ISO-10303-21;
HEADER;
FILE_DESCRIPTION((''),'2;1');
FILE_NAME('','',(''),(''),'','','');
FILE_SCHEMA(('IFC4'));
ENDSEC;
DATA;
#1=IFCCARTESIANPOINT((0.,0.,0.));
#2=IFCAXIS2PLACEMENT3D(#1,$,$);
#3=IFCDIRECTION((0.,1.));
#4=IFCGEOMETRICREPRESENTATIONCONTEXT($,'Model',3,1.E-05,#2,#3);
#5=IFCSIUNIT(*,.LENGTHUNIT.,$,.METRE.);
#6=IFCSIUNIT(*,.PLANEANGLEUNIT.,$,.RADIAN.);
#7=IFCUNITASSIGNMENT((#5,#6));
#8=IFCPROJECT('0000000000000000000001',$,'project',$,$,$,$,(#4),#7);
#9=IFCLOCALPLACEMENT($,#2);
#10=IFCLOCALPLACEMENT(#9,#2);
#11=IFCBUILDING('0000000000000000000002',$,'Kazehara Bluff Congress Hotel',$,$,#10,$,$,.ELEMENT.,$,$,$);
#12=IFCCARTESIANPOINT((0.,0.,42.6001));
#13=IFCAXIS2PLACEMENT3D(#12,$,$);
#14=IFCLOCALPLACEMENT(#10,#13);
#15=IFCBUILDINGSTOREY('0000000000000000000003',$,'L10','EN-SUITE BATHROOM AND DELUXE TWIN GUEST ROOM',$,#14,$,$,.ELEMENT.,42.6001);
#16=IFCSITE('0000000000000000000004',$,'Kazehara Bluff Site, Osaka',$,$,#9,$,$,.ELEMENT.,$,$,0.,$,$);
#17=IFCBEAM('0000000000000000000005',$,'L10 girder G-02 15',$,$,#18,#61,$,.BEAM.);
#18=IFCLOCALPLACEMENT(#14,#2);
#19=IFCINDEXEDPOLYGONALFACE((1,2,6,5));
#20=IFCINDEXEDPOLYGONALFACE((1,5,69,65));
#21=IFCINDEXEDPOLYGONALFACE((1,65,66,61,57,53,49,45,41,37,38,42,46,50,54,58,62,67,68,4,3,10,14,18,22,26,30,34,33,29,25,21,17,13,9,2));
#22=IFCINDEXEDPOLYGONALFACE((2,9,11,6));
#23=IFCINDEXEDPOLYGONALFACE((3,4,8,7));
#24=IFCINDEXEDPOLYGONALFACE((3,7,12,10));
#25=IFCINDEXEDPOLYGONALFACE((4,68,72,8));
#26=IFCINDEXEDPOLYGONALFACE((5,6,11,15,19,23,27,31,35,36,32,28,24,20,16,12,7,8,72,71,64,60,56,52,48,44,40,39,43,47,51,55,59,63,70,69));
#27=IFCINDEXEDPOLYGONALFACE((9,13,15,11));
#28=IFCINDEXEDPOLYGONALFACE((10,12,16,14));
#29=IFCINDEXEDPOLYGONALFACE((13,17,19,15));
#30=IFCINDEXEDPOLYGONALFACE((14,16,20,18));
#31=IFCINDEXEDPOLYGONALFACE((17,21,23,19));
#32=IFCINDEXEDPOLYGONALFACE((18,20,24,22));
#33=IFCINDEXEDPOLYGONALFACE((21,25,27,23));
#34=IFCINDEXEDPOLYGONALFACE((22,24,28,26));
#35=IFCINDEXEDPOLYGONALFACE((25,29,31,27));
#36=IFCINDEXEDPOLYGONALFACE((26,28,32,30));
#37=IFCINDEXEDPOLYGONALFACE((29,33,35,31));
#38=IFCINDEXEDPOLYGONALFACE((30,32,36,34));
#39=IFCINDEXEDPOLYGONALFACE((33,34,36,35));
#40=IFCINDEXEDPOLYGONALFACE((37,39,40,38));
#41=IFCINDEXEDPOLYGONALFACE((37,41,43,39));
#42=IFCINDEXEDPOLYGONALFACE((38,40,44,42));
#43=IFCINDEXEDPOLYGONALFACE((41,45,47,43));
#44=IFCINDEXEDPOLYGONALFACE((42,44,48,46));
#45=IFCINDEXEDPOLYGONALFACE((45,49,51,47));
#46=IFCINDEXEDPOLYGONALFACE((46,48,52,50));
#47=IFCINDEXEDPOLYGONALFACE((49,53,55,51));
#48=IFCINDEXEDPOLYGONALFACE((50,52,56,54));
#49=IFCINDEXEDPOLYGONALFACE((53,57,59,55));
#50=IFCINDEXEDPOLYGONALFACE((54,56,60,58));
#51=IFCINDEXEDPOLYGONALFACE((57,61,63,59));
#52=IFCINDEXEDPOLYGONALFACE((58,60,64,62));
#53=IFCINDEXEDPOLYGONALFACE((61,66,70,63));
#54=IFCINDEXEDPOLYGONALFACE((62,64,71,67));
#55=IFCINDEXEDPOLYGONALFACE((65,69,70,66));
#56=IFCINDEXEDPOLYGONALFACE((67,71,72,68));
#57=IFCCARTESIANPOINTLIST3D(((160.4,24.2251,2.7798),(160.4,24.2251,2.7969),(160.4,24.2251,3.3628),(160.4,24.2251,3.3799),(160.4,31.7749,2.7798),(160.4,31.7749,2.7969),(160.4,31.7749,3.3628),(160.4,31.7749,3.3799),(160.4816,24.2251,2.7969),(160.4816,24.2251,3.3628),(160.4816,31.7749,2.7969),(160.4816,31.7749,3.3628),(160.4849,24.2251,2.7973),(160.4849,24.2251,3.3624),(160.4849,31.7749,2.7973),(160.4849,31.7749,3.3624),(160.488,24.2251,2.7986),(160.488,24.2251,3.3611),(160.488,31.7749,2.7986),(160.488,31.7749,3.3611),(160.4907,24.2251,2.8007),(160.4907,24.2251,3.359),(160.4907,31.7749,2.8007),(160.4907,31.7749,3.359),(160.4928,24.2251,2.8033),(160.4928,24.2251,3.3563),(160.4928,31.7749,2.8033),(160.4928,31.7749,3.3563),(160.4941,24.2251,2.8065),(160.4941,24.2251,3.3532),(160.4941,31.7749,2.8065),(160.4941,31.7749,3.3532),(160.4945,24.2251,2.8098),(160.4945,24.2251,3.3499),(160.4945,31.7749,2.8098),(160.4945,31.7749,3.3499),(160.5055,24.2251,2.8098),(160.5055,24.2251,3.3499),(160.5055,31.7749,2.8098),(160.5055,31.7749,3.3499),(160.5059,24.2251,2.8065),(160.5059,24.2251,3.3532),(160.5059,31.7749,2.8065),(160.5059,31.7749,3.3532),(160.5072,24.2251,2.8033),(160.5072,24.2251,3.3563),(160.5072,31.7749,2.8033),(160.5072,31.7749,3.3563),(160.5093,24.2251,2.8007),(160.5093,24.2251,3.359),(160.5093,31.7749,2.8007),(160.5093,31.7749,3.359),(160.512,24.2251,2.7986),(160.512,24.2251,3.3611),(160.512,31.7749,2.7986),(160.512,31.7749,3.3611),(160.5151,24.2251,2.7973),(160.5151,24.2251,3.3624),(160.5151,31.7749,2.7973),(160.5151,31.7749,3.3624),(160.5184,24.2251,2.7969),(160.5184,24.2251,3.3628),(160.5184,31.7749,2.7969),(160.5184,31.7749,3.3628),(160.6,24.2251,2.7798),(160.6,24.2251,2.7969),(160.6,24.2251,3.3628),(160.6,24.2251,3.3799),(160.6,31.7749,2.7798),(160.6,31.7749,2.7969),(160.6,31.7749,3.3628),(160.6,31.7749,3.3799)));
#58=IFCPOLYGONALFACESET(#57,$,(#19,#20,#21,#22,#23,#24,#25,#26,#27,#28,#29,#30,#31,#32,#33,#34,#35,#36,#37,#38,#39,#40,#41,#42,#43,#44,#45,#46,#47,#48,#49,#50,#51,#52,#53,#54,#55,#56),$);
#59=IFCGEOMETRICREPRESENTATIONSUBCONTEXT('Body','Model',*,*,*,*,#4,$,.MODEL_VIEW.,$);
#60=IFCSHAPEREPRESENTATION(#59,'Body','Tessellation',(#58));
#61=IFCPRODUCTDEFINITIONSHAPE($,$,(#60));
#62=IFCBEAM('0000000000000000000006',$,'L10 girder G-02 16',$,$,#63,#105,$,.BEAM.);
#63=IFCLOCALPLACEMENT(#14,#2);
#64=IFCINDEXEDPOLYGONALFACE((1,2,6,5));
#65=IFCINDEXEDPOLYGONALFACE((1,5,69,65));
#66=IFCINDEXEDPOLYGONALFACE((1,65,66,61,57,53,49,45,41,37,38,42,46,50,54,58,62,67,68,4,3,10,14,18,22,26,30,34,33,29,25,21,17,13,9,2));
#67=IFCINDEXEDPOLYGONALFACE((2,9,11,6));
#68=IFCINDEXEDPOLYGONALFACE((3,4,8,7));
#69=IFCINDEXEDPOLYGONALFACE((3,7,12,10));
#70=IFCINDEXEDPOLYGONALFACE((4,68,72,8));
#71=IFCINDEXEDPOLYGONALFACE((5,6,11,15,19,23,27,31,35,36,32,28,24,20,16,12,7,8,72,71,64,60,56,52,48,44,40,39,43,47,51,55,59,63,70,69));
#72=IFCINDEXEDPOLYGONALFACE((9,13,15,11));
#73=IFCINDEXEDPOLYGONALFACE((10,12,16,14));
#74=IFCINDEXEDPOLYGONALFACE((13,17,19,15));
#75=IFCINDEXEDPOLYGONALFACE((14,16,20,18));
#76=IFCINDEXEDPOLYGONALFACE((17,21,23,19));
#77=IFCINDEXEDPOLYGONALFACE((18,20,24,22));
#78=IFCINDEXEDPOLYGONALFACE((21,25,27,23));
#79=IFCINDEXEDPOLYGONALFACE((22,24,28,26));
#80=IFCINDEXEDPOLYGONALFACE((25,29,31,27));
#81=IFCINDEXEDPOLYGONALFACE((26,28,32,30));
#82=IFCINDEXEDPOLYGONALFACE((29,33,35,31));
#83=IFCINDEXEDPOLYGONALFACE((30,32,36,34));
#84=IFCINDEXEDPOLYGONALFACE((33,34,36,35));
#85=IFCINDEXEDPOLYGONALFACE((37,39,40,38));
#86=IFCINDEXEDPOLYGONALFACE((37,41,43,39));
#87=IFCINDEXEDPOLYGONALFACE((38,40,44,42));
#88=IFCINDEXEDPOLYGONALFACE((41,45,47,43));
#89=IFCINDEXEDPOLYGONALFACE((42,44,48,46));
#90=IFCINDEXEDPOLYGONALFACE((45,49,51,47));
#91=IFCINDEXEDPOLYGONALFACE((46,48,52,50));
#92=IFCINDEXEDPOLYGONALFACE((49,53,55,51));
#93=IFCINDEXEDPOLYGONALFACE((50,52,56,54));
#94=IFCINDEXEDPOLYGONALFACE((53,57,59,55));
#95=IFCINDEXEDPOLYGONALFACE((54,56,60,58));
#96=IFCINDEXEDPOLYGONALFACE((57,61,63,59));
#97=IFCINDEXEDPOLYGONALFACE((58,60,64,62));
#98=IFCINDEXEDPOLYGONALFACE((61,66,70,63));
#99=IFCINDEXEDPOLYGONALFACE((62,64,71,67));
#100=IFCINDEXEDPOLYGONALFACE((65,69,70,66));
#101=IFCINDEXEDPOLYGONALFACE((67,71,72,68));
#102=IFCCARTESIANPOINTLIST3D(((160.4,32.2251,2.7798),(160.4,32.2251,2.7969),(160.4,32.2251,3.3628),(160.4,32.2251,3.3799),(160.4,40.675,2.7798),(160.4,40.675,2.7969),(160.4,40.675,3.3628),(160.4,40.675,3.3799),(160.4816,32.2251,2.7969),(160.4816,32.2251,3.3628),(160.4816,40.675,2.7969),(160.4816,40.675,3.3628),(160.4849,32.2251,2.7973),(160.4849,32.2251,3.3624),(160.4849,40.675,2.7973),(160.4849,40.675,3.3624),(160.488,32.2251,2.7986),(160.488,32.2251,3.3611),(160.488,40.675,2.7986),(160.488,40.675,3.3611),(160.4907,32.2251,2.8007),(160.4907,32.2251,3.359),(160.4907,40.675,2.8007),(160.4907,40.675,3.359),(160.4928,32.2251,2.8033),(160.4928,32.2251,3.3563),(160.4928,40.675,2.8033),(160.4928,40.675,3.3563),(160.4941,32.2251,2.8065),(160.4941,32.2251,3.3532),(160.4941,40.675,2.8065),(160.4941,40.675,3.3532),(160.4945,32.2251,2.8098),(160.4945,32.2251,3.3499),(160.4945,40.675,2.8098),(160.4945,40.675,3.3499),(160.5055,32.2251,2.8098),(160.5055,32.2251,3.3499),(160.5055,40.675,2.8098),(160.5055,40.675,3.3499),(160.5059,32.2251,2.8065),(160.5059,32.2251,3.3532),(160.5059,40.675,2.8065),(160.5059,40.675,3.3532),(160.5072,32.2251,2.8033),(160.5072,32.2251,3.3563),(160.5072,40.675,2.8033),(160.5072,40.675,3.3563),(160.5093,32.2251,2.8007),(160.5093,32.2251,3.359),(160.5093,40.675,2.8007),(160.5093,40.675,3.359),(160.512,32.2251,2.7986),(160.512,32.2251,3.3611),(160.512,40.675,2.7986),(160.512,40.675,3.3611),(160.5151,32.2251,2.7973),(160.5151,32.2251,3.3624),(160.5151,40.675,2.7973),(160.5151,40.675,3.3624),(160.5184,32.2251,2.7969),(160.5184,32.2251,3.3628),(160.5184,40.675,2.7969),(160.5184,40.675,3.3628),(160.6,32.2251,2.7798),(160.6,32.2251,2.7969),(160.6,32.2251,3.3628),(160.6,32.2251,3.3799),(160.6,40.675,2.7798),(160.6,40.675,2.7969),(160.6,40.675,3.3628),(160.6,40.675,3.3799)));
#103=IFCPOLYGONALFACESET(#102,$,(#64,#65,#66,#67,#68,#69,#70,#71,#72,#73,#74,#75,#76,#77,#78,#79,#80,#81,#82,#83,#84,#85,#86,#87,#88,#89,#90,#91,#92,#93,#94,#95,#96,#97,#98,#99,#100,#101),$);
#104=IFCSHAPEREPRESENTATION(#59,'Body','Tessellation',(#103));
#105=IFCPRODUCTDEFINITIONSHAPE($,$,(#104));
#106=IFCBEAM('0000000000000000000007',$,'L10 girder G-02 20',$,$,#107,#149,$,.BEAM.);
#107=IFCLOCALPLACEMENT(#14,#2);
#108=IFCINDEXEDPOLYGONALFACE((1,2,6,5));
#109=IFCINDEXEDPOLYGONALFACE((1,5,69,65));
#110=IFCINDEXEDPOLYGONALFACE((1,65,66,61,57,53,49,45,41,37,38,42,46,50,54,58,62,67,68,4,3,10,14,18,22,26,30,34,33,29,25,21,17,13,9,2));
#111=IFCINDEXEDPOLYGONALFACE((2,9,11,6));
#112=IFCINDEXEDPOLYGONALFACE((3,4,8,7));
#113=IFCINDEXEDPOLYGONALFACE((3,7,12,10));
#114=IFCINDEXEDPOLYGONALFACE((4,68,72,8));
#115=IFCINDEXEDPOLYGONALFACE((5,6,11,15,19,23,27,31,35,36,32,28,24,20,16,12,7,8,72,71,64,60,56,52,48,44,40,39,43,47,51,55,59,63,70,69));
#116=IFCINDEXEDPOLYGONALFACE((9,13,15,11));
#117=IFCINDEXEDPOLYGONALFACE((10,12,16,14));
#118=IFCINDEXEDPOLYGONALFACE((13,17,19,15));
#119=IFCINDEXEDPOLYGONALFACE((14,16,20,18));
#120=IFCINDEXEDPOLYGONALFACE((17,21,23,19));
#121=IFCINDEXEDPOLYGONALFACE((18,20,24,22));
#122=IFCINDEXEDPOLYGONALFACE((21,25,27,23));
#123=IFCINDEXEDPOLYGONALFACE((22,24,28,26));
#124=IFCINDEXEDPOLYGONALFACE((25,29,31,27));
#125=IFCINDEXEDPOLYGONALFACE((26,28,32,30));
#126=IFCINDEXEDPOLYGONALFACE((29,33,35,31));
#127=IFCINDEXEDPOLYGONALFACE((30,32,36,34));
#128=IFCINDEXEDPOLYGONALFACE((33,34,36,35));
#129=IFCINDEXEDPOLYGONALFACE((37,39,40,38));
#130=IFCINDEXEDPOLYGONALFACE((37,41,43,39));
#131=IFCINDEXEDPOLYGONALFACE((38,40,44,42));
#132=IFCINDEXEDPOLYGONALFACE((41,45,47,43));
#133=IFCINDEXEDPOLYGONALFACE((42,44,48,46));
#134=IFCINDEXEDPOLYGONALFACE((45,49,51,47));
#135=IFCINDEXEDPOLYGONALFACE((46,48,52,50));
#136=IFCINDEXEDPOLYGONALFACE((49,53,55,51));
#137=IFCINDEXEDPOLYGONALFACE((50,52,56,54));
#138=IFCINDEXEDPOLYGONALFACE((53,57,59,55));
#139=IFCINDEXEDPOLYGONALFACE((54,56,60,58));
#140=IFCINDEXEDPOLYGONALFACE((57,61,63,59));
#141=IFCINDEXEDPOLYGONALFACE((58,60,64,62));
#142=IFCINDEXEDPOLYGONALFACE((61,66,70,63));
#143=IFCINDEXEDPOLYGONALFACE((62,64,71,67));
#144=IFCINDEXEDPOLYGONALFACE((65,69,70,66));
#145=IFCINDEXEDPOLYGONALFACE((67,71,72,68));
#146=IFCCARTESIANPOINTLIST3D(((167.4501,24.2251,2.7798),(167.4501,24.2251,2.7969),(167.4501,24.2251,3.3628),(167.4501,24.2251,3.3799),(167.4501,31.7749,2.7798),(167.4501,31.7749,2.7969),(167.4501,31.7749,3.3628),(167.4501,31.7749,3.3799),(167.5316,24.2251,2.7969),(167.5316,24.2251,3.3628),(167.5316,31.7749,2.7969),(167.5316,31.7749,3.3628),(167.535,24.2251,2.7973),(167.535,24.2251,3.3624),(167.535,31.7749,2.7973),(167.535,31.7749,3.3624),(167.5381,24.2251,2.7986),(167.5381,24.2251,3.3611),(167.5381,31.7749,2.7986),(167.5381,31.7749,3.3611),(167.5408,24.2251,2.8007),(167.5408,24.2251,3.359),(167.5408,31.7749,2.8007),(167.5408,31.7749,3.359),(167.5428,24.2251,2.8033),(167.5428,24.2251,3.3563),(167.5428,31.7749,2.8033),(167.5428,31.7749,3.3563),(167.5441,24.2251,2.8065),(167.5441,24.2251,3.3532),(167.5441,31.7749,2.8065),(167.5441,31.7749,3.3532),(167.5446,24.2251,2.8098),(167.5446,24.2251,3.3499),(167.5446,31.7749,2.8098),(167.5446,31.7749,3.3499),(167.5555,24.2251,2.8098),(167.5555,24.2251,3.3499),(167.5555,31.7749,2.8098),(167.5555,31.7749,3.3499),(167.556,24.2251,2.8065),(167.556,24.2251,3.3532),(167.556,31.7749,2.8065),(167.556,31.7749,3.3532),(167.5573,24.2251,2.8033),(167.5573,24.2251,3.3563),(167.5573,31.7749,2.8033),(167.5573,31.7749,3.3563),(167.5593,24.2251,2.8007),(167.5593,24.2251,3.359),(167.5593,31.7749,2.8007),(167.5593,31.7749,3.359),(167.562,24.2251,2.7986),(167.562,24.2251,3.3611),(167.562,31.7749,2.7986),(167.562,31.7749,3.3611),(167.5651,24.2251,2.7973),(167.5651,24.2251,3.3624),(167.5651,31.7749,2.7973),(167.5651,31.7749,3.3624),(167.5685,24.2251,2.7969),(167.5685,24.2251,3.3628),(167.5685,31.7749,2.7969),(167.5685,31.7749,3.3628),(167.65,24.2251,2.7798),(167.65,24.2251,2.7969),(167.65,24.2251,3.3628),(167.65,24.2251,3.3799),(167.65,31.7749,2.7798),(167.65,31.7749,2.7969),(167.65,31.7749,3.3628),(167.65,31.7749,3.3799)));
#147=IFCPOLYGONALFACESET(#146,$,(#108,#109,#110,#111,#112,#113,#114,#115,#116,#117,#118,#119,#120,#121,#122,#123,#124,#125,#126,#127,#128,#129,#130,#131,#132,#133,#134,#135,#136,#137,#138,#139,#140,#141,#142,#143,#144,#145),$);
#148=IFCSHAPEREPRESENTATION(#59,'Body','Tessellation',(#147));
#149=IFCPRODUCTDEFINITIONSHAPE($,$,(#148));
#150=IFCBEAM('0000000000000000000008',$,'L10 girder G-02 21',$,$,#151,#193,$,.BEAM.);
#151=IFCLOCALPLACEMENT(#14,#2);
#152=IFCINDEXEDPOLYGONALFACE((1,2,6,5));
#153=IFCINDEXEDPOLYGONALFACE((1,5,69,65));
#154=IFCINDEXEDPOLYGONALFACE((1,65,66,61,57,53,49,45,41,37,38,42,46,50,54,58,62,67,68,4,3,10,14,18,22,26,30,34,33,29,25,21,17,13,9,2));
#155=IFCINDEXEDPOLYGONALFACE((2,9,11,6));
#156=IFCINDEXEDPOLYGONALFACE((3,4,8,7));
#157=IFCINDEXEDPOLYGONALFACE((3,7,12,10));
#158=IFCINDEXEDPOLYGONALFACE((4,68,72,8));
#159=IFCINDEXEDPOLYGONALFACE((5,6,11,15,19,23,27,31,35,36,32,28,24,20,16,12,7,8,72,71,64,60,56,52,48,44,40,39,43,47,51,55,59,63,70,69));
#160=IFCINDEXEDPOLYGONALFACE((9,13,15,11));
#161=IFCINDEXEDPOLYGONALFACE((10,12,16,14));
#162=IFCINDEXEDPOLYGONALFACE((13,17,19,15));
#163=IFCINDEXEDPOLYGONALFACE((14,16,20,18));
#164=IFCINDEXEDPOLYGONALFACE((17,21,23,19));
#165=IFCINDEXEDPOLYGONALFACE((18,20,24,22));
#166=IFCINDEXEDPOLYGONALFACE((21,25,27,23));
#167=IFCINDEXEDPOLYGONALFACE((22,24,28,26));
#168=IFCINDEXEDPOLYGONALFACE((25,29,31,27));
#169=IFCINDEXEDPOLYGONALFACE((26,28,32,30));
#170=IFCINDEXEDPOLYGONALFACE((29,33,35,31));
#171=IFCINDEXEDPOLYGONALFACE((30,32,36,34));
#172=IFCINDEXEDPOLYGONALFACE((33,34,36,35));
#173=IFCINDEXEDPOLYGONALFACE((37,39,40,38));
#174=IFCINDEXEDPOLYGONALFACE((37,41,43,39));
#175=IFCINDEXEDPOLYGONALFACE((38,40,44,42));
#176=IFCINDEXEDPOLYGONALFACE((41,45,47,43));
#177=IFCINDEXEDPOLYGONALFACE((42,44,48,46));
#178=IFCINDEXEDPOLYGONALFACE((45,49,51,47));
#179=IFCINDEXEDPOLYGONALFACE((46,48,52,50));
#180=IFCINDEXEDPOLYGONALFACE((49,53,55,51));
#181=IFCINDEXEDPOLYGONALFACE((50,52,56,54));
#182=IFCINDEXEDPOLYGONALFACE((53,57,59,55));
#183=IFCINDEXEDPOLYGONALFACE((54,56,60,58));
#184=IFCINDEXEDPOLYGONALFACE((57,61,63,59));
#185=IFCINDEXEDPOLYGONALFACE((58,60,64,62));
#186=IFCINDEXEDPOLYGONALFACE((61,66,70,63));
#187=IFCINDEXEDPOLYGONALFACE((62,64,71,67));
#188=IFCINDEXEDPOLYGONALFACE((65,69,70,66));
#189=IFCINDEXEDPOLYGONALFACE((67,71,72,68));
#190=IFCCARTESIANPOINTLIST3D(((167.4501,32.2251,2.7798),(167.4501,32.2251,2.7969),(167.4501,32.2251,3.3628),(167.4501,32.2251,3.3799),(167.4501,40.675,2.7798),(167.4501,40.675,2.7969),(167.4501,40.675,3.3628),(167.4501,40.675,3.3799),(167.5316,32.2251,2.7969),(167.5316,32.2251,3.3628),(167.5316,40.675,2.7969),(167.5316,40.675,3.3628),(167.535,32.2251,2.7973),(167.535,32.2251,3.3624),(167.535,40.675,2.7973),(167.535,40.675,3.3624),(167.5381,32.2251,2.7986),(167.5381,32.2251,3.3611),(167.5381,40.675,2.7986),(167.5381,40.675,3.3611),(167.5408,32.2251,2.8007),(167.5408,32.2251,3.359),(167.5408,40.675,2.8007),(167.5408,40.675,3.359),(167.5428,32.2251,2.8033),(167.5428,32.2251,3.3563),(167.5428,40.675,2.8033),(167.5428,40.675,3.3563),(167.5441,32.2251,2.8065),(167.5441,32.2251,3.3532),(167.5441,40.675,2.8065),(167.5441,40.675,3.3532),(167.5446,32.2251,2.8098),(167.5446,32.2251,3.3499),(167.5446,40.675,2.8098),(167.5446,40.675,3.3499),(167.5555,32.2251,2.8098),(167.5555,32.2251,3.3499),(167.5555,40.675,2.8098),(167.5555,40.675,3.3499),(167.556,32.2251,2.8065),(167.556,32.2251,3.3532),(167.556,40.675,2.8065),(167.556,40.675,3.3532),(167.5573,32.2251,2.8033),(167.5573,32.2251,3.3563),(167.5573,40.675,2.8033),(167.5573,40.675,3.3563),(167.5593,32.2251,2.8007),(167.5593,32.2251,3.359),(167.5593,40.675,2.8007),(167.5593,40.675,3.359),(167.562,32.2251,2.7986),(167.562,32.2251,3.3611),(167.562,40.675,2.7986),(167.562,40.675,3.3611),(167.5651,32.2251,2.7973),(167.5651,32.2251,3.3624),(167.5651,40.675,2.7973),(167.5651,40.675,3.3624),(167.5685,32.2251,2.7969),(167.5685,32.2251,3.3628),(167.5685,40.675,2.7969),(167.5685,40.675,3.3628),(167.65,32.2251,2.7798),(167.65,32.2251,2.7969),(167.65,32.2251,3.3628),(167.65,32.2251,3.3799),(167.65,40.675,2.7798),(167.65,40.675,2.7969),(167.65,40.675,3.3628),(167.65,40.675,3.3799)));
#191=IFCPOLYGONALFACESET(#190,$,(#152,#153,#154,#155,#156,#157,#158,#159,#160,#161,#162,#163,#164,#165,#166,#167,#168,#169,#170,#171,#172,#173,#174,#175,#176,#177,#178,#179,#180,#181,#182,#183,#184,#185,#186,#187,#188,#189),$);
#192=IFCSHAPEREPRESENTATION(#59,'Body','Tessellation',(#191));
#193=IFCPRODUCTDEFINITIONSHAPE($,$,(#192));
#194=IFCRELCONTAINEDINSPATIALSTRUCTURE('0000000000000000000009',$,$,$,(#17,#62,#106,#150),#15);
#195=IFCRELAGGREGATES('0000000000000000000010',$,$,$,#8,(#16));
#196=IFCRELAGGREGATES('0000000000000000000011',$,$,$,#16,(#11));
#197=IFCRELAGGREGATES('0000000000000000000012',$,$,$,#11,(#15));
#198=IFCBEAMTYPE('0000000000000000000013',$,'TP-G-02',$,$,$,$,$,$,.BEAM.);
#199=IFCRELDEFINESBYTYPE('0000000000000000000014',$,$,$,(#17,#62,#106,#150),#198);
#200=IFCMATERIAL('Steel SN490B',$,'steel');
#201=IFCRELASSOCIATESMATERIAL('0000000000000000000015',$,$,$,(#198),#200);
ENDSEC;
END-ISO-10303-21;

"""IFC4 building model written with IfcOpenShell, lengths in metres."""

from ifc_helpers import new_model, si_unit, direction, frame, origin, origin_2d, place, context, subcontext, project, spatial, i_section, extrude, material, material_profile, profile_set, type_object, element, save


model = new_model("IFC4")

# Units and contexts
model_context = context("Model", 3, precision=1e-05, world=origin(), true_north=direction((0.0, 1.0)))
body_context = subcontext(model_context, "Body", "Model", "MODEL_VIEW")
ifc_project = project(units=[si_unit("LENGTHUNIT", "METRE"), si_unit("PLANEANGLEUNIT", "RADIAN")], contexts=[model_context])

# Site, building, storey
site_placement = place(None, origin())
site = spatial("IfcSite", under=ifc_project, at=site_placement, Name="Kazehara Bluff Site, Osaka", CompositionType="ELEMENT", RefElevation=0.0)
building_placement = place(site_placement, origin())
building = spatial("IfcBuilding", under=site, at=building_placement, Name="Kazehara Bluff Congress Hotel", CompositionType="ELEMENT")
storey_placement = place(building_placement, frame((0.0, 0.0, 42.6001)))
storey = spatial("IfcBuildingStorey", under=building, at=storey_placement, Name="L10", Description="EN-SUITE BATHROOM AND DELUXE TWIN GUEST ROOM", CompositionType="ELEMENT", Elevation=42.6001)

# Beams
ifc_material_1 = material(Name="Steel SN490B", Category="steel")
ifc_material_profile_1 = material_profile(ifc_material_1, i_section(OverallWidth=0.2, OverallDepth=0.6001, WebThickness=0.011, FlangeThickness=0.0171, FilletRadius=0.0129, at=origin_2d()))
ifc_profile_set_1 = profile_set([ifc_material_profile_1], Name="Steel SN490B")
beam_type_1 = type_object("IfcBeamType", Name="TP-G-02", PredefinedType="BEAM", material=ifc_profile_set_1)
beam_1_placement = place(storey_placement, frame((160.5, 24.2251, 3.0798), z_axis=(0.0, 1.0, 0.0), x_axis=(-1.0, 0.0, 0.0)))
element("IfcBeam", 1, at=beam_1_placement, inside=storey, type_object=beam_type_1, Name="L10 girder G-02 15", PredefinedType="BEAM", context=body_context, shape_type="SweptSolid", body=[
    extrude(i_section(OverallWidth=0.2, OverallDepth=0.6001, WebThickness=0.011, FlangeThickness=0.0171, FilletRadius=0.0129, at=origin_2d()), origin(), (0.0, 0.0, 1.0), 7.5498),
])
beam_2_placement = place(storey_placement, frame((160.5, 32.2251, 3.0798), z_axis=(0.0, 1.0, 0.0), x_axis=(-1.0, 0.0, 0.0)))
element("IfcBeam", 2, at=beam_2_placement, inside=storey, type_object=beam_type_1, Name="L10 girder G-02 16", PredefinedType="BEAM", context=body_context, shape_type="SweptSolid", body=[
    extrude(i_section(OverallWidth=0.2, OverallDepth=0.6001, WebThickness=0.011, FlangeThickness=0.0171, FilletRadius=0.0129, at=origin_2d()), origin(), (0.0, 0.0, 1.0), 8.45),
])
beam_3_placement = place(storey_placement, frame((167.55, 24.2251, 3.0798), z_axis=(0.0, 1.0, 0.0), x_axis=(-1.0, 0.0, 0.0)))
element("IfcBeam", 3, at=beam_3_placement, inside=storey, type_object=beam_type_1, Name="L10 girder G-02 20", PredefinedType="BEAM", context=body_context, shape_type="SweptSolid", body=[
    extrude(i_section(OverallWidth=0.2, OverallDepth=0.6001, WebThickness=0.011, FlangeThickness=0.0171, FilletRadius=0.0129, at=origin_2d()), origin(), (0.0, 0.0, 1.0), 7.5498),
])
beam_4_placement = place(storey_placement, frame((167.55, 32.2251, 3.0798), z_axis=(0.0, 1.0, 0.0), x_axis=(-1.0, 0.0, 0.0)))
element("IfcBeam", 4, at=beam_4_placement, inside=storey, type_object=beam_type_1, Name="L10 girder G-02 21", PredefinedType="BEAM", context=body_context, shape_type="SweptSolid", body=[
    extrude(i_section(OverallWidth=0.2, OverallDepth=0.6001, WebThickness=0.011, FlangeThickness=0.0171, FilletRadius=0.0129, at=origin_2d()), origin(), (0.0, 0.0, 1.0), 8.45),
])

save(model, "model.ifc")
